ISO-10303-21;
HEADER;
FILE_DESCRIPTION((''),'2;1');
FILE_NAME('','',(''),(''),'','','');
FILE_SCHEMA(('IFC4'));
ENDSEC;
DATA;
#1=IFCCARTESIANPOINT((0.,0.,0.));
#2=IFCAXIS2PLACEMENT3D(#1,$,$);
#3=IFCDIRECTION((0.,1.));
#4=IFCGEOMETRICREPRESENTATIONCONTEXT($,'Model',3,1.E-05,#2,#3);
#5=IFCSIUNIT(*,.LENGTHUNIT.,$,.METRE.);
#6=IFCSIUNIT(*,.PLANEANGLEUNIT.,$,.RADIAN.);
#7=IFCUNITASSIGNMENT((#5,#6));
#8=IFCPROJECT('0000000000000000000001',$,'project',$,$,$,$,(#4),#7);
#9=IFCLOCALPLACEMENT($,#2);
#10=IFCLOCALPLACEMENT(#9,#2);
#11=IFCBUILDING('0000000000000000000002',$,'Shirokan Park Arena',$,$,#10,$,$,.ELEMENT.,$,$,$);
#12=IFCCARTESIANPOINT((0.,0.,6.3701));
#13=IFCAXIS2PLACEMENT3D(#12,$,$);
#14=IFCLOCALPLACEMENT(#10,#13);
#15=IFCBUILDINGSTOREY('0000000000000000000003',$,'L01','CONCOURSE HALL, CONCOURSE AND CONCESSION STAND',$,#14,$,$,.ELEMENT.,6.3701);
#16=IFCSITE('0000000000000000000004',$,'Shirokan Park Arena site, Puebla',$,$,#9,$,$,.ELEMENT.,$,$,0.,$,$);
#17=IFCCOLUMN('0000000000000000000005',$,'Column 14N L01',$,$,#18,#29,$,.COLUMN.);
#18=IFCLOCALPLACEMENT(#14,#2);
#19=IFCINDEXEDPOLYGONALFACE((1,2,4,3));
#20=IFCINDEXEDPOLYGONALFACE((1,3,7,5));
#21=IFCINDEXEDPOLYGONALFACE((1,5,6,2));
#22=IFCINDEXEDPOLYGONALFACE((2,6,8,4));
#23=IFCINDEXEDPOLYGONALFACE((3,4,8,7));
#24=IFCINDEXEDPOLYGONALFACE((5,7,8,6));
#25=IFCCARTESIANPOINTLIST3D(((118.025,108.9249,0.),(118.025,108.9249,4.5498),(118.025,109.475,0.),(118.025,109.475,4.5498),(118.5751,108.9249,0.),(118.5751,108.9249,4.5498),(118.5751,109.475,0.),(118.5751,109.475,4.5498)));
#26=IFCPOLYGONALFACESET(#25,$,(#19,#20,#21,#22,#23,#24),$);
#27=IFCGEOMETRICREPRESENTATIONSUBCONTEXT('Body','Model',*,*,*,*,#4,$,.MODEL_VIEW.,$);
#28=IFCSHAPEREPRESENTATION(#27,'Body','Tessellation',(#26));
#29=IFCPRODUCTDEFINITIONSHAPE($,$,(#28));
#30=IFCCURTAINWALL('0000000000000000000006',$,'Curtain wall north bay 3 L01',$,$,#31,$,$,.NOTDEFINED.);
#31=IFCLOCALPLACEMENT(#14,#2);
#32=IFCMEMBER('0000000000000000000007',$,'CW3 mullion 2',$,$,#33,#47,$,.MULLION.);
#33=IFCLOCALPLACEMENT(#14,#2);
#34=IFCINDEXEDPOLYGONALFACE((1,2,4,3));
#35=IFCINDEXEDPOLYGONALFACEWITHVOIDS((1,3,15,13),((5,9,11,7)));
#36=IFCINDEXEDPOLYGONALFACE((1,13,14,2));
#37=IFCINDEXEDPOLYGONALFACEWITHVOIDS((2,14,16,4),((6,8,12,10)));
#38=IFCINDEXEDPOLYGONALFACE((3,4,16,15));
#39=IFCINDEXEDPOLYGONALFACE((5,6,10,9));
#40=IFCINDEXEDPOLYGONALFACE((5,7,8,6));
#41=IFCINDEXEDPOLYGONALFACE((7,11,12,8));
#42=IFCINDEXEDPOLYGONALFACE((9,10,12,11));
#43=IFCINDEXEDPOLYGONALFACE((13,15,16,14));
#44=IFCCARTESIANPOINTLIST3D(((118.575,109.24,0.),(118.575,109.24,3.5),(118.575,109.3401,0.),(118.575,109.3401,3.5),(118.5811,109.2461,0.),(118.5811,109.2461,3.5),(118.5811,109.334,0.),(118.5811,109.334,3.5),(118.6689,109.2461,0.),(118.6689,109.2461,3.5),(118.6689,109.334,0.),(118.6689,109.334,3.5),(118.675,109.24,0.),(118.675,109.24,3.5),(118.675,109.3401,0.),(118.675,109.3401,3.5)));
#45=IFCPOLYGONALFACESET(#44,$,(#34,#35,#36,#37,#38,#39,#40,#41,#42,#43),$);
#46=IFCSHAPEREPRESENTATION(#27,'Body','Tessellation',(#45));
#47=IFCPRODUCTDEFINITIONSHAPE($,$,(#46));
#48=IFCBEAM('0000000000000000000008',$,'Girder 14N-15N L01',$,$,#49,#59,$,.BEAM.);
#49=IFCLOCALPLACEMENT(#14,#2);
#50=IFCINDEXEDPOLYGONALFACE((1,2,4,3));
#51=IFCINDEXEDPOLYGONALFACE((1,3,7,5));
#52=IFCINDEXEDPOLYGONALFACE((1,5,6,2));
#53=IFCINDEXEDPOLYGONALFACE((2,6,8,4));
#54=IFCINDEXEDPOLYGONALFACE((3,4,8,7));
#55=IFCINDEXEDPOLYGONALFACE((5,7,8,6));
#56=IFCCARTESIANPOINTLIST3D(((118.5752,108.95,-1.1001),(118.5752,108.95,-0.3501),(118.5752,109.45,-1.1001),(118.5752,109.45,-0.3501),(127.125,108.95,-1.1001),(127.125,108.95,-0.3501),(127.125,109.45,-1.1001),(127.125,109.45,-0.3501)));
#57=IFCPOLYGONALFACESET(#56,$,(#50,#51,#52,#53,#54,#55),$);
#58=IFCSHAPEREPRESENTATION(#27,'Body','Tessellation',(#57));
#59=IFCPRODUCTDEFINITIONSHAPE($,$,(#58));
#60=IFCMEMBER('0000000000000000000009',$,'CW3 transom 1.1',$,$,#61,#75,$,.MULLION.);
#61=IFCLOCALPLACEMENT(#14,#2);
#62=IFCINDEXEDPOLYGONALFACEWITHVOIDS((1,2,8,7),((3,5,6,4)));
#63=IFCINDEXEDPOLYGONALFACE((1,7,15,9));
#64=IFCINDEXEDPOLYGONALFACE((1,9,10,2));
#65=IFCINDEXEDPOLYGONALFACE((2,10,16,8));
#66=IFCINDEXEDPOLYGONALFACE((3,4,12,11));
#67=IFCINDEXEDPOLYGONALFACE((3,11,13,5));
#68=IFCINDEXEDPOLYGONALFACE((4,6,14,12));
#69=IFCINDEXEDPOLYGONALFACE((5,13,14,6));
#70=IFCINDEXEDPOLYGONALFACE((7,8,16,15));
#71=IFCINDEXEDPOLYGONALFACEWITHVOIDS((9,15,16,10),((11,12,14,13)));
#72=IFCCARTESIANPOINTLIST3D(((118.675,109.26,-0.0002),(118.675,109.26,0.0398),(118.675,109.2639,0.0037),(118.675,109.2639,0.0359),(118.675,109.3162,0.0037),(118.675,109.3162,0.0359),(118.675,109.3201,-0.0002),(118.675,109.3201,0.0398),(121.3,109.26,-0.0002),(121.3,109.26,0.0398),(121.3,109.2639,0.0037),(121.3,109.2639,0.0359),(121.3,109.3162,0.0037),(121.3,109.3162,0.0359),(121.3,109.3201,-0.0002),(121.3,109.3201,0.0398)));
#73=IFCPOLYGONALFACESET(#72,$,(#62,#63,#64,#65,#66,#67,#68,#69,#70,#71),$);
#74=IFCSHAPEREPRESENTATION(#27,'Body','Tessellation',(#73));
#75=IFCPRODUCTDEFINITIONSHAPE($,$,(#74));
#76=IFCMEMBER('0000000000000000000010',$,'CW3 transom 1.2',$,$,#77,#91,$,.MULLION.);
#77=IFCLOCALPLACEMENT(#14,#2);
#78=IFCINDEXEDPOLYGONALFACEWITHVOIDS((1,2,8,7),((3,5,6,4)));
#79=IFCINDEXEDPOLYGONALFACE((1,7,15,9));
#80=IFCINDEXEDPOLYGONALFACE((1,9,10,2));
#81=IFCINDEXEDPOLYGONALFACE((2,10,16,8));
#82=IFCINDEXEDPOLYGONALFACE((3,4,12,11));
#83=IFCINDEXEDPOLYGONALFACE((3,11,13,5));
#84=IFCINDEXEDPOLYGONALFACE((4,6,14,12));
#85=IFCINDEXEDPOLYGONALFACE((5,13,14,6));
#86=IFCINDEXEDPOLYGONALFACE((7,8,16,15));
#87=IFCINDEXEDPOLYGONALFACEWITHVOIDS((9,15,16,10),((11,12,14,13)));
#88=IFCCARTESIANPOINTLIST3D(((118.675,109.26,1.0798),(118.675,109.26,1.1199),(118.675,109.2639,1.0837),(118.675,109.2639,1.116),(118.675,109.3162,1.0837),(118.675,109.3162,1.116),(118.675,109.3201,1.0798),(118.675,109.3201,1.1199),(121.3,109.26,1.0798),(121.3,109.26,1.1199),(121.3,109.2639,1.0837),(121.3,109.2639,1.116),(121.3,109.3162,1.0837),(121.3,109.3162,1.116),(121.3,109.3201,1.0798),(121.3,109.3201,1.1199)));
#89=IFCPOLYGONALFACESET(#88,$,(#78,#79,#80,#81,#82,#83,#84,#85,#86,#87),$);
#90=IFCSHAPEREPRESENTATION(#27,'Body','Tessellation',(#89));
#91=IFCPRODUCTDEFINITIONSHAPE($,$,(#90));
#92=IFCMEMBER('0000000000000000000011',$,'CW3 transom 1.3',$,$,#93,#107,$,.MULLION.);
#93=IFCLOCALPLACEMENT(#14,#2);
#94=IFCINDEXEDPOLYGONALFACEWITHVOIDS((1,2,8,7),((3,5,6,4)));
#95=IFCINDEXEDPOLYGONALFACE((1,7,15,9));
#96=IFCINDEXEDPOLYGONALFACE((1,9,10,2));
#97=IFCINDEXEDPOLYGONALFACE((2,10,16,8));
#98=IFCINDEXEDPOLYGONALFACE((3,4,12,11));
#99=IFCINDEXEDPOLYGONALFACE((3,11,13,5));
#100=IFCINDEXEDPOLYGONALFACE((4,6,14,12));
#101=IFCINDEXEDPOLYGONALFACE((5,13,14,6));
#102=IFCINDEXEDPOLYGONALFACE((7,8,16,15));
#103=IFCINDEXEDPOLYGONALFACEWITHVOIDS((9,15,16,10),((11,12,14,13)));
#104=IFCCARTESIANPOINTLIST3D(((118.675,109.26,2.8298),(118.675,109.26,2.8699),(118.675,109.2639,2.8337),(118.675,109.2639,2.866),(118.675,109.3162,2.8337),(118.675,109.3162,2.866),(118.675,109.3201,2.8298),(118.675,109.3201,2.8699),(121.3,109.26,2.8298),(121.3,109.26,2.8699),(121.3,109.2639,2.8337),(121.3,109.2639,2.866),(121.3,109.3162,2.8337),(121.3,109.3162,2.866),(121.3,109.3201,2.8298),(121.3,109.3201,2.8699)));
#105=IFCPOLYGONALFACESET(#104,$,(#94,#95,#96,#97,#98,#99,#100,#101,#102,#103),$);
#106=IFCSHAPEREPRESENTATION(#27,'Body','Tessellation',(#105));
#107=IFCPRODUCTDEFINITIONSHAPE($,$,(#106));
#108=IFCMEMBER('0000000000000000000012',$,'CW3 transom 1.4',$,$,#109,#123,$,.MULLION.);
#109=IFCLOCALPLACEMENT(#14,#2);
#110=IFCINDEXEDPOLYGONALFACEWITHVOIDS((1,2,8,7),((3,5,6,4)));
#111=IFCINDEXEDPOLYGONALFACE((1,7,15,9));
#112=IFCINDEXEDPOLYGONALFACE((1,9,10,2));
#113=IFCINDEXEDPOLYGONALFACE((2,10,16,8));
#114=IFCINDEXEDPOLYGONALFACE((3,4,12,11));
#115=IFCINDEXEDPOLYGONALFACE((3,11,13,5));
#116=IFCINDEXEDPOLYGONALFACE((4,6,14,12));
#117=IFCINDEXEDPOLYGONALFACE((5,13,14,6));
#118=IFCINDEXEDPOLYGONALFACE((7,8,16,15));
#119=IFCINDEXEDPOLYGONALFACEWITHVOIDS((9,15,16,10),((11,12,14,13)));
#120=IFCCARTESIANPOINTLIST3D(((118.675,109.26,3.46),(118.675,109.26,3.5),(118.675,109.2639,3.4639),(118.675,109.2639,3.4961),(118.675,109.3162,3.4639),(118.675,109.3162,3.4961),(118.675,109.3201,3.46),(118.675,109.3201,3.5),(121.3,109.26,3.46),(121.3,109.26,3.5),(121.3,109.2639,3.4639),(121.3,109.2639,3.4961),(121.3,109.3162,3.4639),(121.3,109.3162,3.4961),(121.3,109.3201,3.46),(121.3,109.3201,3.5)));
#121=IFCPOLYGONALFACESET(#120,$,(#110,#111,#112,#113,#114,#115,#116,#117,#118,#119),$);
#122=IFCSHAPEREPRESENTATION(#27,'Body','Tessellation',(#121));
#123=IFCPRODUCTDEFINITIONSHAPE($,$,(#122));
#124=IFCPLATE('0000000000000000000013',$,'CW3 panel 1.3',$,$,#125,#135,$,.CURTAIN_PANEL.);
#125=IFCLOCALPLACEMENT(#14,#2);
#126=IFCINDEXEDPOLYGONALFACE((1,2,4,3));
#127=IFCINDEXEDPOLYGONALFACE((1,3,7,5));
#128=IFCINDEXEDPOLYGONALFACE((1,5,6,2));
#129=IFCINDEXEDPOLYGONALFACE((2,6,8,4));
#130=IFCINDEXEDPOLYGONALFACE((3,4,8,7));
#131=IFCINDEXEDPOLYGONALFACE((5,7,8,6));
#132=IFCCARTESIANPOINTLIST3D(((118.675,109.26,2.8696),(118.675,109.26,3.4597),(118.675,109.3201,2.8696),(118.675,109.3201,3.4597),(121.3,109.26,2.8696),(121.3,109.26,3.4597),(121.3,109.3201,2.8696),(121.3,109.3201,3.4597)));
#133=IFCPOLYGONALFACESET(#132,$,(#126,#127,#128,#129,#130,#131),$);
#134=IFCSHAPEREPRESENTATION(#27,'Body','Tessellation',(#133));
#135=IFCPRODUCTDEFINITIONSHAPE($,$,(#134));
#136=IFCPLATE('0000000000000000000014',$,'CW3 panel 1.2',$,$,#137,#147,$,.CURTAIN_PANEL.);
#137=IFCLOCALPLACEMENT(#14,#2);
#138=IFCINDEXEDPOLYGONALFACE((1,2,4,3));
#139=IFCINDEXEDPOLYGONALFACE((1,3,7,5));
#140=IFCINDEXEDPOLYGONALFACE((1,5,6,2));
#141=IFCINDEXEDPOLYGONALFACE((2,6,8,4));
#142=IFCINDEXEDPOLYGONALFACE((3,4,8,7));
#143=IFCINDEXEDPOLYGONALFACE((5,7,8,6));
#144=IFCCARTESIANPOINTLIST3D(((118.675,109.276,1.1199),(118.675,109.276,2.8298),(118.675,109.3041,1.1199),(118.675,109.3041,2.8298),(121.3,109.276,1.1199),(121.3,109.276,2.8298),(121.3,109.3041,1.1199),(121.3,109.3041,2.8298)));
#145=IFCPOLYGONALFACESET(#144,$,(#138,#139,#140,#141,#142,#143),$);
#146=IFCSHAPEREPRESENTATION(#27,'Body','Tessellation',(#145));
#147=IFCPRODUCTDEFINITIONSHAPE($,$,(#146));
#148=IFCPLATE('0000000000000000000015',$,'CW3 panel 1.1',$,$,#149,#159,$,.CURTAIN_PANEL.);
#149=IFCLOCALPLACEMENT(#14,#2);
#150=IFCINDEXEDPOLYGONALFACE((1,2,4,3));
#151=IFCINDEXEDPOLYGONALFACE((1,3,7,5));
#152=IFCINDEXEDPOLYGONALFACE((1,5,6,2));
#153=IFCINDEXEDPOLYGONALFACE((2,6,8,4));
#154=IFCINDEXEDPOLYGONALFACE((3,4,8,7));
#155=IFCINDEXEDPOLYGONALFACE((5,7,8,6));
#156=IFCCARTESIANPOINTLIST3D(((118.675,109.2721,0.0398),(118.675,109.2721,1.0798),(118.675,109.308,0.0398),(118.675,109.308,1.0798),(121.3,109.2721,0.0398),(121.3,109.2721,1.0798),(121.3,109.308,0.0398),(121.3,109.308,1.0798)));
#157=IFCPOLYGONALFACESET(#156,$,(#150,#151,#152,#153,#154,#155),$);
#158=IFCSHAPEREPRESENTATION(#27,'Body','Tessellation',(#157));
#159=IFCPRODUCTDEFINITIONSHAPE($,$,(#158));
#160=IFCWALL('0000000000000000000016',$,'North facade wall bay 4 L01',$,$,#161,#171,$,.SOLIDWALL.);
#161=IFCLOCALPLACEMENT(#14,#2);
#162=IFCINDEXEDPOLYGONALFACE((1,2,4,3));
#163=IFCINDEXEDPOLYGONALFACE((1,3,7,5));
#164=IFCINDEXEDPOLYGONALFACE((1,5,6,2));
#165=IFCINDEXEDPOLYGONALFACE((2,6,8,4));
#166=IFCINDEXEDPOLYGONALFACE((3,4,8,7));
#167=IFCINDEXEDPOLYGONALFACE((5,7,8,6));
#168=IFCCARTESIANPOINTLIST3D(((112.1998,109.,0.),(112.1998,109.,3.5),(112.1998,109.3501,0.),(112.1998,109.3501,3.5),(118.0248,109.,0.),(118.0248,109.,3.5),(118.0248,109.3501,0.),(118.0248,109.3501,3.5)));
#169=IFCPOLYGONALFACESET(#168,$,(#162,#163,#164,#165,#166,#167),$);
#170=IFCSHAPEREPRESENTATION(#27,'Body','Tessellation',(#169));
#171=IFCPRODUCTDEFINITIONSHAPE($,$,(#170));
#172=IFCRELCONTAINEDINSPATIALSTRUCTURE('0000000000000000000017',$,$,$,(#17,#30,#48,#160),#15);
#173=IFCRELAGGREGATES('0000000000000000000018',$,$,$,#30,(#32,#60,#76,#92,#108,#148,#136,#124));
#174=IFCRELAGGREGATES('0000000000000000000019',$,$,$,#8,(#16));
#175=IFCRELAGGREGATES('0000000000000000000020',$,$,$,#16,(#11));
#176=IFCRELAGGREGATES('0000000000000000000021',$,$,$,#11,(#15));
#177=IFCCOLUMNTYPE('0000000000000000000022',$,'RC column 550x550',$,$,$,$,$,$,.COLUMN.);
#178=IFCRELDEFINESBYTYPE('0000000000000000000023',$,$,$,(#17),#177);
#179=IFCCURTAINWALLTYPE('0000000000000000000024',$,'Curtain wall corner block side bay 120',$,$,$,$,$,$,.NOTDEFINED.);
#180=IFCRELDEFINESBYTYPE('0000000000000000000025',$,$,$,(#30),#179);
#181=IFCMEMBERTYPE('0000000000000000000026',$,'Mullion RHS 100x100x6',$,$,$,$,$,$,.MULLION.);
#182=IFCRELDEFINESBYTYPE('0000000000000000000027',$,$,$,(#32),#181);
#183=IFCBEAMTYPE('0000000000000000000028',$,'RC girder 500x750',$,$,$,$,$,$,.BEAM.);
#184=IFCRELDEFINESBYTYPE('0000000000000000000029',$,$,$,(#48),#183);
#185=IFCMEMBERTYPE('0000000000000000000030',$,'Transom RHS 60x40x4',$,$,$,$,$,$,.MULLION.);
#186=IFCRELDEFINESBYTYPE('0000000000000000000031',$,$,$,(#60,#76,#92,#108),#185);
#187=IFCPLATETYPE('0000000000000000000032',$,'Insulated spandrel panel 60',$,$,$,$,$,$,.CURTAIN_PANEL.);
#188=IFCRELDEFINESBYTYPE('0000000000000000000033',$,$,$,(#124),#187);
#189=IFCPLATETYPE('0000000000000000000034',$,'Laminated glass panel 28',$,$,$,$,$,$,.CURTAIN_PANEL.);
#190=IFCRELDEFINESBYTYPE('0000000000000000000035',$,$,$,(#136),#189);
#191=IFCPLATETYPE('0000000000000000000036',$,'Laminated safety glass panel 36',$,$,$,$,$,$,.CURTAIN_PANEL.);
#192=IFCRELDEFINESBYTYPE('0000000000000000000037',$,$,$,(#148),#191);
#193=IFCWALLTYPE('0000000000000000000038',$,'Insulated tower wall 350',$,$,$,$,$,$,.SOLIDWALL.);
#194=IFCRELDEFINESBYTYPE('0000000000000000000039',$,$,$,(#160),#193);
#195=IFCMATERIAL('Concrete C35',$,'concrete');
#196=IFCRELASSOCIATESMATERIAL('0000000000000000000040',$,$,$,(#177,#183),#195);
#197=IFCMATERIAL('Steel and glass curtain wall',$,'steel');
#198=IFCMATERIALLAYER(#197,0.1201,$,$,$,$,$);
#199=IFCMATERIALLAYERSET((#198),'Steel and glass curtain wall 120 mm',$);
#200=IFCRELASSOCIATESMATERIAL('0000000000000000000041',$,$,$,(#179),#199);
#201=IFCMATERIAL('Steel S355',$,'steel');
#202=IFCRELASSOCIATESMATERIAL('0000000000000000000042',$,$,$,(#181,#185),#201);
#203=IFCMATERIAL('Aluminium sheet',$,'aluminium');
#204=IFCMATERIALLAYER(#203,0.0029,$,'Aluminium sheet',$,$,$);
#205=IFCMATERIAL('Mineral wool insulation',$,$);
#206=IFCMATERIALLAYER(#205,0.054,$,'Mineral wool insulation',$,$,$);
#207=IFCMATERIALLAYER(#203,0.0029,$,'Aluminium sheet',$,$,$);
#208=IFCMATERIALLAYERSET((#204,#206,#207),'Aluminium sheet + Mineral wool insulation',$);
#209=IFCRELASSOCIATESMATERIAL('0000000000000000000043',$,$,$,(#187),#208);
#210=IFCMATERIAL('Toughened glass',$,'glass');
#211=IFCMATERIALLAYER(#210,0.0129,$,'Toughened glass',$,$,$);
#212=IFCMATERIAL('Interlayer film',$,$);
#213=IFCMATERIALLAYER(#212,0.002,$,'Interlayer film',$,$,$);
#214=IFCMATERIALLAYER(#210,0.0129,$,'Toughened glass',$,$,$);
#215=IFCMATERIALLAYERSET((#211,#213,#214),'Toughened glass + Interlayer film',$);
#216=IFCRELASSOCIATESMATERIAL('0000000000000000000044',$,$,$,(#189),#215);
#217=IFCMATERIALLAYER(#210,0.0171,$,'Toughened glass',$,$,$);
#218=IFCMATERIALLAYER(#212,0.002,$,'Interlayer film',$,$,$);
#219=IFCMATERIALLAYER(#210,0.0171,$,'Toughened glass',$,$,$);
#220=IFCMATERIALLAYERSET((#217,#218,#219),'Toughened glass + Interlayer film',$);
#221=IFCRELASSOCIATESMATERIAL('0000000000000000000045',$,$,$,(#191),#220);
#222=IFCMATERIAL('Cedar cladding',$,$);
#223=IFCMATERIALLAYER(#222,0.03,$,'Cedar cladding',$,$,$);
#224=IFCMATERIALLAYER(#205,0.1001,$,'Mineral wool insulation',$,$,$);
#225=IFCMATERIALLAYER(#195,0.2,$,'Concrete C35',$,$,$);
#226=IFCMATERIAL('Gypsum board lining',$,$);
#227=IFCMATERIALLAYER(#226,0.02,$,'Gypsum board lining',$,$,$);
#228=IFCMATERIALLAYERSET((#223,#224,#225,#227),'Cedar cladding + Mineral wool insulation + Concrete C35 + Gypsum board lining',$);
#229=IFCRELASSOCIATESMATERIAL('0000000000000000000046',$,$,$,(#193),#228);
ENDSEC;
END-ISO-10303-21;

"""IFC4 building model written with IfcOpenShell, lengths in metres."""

from ifc_helpers import new_model, si_unit, direction, frame, frame_2d, origin, origin_2d, place, context, subcontext, project, spatial, rectangle, hollow_rectangle, extrude, material, layer, layer_set, material_profile, profile_set, type_object, element, aggregate, save


model = new_model("IFC4")

# Units and contexts
model_context = context("Model", 3, precision=1e-05, world=origin(), true_north=direction((0.0, 1.0)))
body_context = subcontext(model_context, "Body", "Model", "MODEL_VIEW")
ifc_project = project(units=[si_unit("LENGTHUNIT", "METRE"), si_unit("PLANEANGLEUNIT", "RADIAN")], contexts=[model_context])

# Site, building, storey
site_placement = place(None, origin())
site = spatial("IfcSite", under=ifc_project, at=site_placement, Name="Shirokan Park Arena site, Puebla", CompositionType="ELEMENT", RefElevation=0.0)
building_placement = place(site_placement, origin())
building = spatial("IfcBuilding", under=site, at=building_placement, Name="Shirokan Park Arena", CompositionType="ELEMENT")
storey_placement = place(building_placement, frame((0.0, 0.0, 6.3701)))
storey = spatial("IfcBuildingStorey", under=building, at=storey_placement, Name="L01", Description="CONCOURSE HALL, CONCOURSE AND CONCESSION STAND", CompositionType="ELEMENT", Elevation=6.3701)

# Column
ifc_material_1 = material(Name="Concrete C35", Category="concrete")
ifc_material_profile_1 = material_profile(ifc_material_1, rectangle(XDim=0.55, YDim=0.55, at=origin_2d()), Name="550x550")
ifc_profile_set_1 = profile_set([ifc_material_profile_1], Name="Concrete C35")
column_type = type_object("IfcColumnType", Name="RC column 550x550", PredefinedType="COLUMN", material=ifc_profile_set_1)
column_placement = place(storey_placement, frame((118.3, 109.2, 0.0), z_axis=(0.0, 0.0, 1.0), x_axis=(1.0, 0.0, 0.0)))
element("IfcColumn", 1, at=column_placement, inside=storey, type_object=column_type, Name="Column 14N L01", PredefinedType="COLUMN", context=body_context, shape_type="SweptSolid", body=[
    extrude(rectangle(XDim=0.55, YDim=0.55, at=origin_2d()), origin(), (0.0, 0.0, 1.0), 4.5498),
])

# Curtain wall, member
ifc_material_2 = material(Name="Steel and glass curtain wall", Category="steel")
ifc_layer_1 = layer(ifc_material_2, 0.1201)
ifc_layer_set_1 = layer_set([ifc_layer_1], Name="Steel and glass curtain wall 120 mm")
curtain_wall_type = type_object("IfcCurtainWallType", Name="Curtain wall corner block side bay 120", PredefinedType="NOTDEFINED", material=ifc_layer_set_1)
curtain_wall_placement = place(storey_placement, origin())
curtain_wall = element("IfcCurtainWall", 2, at=curtain_wall_placement, inside=storey, type_object=curtain_wall_type, Name="Curtain wall north bay 3 L01", PredefinedType="NOTDEFINED")
ifc_material_3 = material(Name="Steel S355", Category="steel")
ifc_material_profile_2 = material_profile(ifc_material_3, hollow_rectangle(XDim=0.1001, YDim=0.1001, WallThickness=0.0061, at=origin_2d()), Name="RHS 100x100x6")
ifc_profile_set_2 = profile_set([ifc_material_profile_2], Name="Steel S355")
member_type_1 = type_object("IfcMemberType", Name="Mullion RHS 100x100x6", PredefinedType="MULLION", material=ifc_profile_set_2)
member_1_placement = place(storey_placement, frame((118.625, 109.29, 0.0), z_axis=(0.0, 0.0, 1.0), x_axis=(0.0, -1.0, 0.0)))
member_1 = element("IfcMember", 3, at=member_1_placement, type_object=member_type_1, Name="CW3 mullion 2", PredefinedType="MULLION", context=body_context, shape_type="SweptSolid", body=[
    extrude(hollow_rectangle(XDim=0.1001, YDim=0.1001, WallThickness=0.0061, at=origin_2d()), origin(), (0.0, 0.0, 1.0), 3.5),
])

# Beam
ifc_material_profile_3 = material_profile(ifc_material_1, rectangle(XDim=0.5, YDim=0.75, at=origin_2d()), Name="500x750")
ifc_profile_set_3 = profile_set([ifc_material_profile_3], Name="Concrete C35")
beam_type = type_object("IfcBeamType", Name="RC girder 500x750", PredefinedType="BEAM", material=ifc_profile_set_3)
beam_placement = place(storey_placement, frame((118.5752, 109.2, -0.7251), z_axis=(1.0, 0.0, 0.0), x_axis=(0.0, 1.0, 0.0)))
element("IfcBeam", 4, at=beam_placement, inside=storey, type_object=beam_type, Name="Girder 14N-15N L01", PredefinedType="BEAM", context=body_context, shape_type="SweptSolid", body=[
    extrude(rectangle(XDim=0.5, YDim=0.75, at=origin_2d()), origin(), (0.0, 0.0, 1.0), 8.5498),
])

# Members
ifc_material_profile_4 = material_profile(ifc_material_3, hollow_rectangle(XDim=0.0601, YDim=0.04, WallThickness=0.0039, at=origin_2d()), Name="RHS 60x40x4")
ifc_profile_set_4 = profile_set([ifc_material_profile_4], Name="Steel S355")
member_type_2 = type_object("IfcMemberType", Name="Transom RHS 60x40x4", PredefinedType="MULLION", material=ifc_profile_set_4)
member_2_placement = place(storey_placement, frame((121.3, 109.29, 0.0198), z_axis=(-1.0, 0.0, 0.0), x_axis=(0.0, -1.0, 0.0)))
member_2 = element("IfcMember", 5, at=member_2_placement, type_object=member_type_2, Name="CW3 transom 1.1", PredefinedType="MULLION", context=body_context, shape_type="SweptSolid", body=[
    extrude(hollow_rectangle(XDim=0.0601, YDim=0.04, WallThickness=0.0039, at=origin_2d()), origin(), (0.0, 0.0, 1.0), 2.625),
])
member_3_placement = place(storey_placement, frame((121.3, 109.29, 1.0999), z_axis=(-1.0, 0.0, 0.0), x_axis=(0.0, -1.0, 0.0)))
member_3 = element("IfcMember", 6, at=member_3_placement, type_object=member_type_2, Name="CW3 transom 1.2", PredefinedType="MULLION", context=body_context, shape_type="SweptSolid", body=[
    extrude(hollow_rectangle(XDim=0.0601, YDim=0.04, WallThickness=0.0039, at=origin_2d()), origin(), (0.0, 0.0, 1.0), 2.625),
])
member_4_placement = place(storey_placement, frame((121.3, 109.29, 2.8499), z_axis=(-1.0, 0.0, 0.0), x_axis=(0.0, -1.0, 0.0)))
member_4 = element("IfcMember", 7, at=member_4_placement, type_object=member_type_2, Name="CW3 transom 1.3", PredefinedType="MULLION", context=body_context, shape_type="SweptSolid", body=[
    extrude(hollow_rectangle(XDim=0.0601, YDim=0.04, WallThickness=0.0039, at=origin_2d()), origin(), (0.0, 0.0, 1.0), 2.625),
])
member_5_placement = place(storey_placement, frame((121.3, 109.29, 3.48), z_axis=(-1.0, 0.0, 0.0), x_axis=(0.0, -1.0, 0.0)))
member_5 = element("IfcMember", 8, at=member_5_placement, type_object=member_type_2, Name="CW3 transom 1.4", PredefinedType="MULLION", context=body_context, shape_type="SweptSolid", body=[
    extrude(hollow_rectangle(XDim=0.0601, YDim=0.04, WallThickness=0.0039, at=origin_2d()), origin(), (0.0, 0.0, 1.0), 2.625),
])

# Plates
ifc_material_4 = material(Name="Aluminium sheet", Category="aluminium")
ifc_layer_2 = layer(ifc_material_4, 0.0029, Name="Aluminium sheet")
ifc_material_5 = material(Name="Mineral wool insulation")
ifc_layer_3 = layer(ifc_material_5, 0.054, Name="Mineral wool insulation")
ifc_layer_4 = layer(ifc_material_4, 0.0029, Name="Aluminium sheet")
ifc_layer_set_2 = layer_set([ifc_layer_2, ifc_layer_3, ifc_layer_4], Name="Aluminium sheet + Mineral wool insulation")
plate_type_1 = type_object("IfcPlateType", Name="Insulated spandrel panel 60", PredefinedType="CURTAIN_PANEL", material=ifc_layer_set_2)
plate_1_placement = place(storey_placement, frame((119.9875, 109.29, 2.8696), z_axis=(0.0, 0.0, 1.0), x_axis=(-1.0, 0.0, 0.0)))
plate_1 = element("IfcPlate", 9, at=plate_1_placement, type_object=plate_type_1, Name="CW3 panel 1.3", PredefinedType="CURTAIN_PANEL", context=body_context, shape_type="SweptSolid", body=[
    extrude(rectangle(XDim=2.625, YDim=0.0601, at=origin_2d()), origin(), (0.0, 0.0, 1.0), 0.5901),
])
ifc_material_6 = material(Name="Toughened glass", Category="glass")
ifc_layer_5 = layer(ifc_material_6, 0.0129, Name="Toughened glass")
ifc_material_7 = material(Name="Interlayer film")
ifc_layer_6 = layer(ifc_material_7, 0.002, Name="Interlayer film")
ifc_layer_7 = layer(ifc_material_6, 0.0129, Name="Toughened glass")
ifc_layer_set_3 = layer_set([ifc_layer_5, ifc_layer_6, ifc_layer_7], Name="Toughened glass + Interlayer film")
plate_type_2 = type_object("IfcPlateType", Name="Laminated glass panel 28", PredefinedType="CURTAIN_PANEL", material=ifc_layer_set_3)
plate_2_placement = place(storey_placement, frame((119.9875, 109.29, 1.1199), z_axis=(0.0, 0.0, 1.0), x_axis=(-1.0, 0.0, 0.0)))
plate_2 = element("IfcPlate", 10, at=plate_2_placement, type_object=plate_type_2, Name="CW3 panel 1.2", PredefinedType="CURTAIN_PANEL", context=body_context, shape_type="SweptSolid", body=[
    extrude(rectangle(XDim=2.625, YDim=0.0281, at=origin_2d()), origin(), (0.0, 0.0, 1.0), 1.71),
])
ifc_layer_8 = layer(ifc_material_6, 0.0171, Name="Toughened glass")
ifc_layer_9 = layer(ifc_material_7, 0.002, Name="Interlayer film")
ifc_layer_10 = layer(ifc_material_6, 0.0171, Name="Toughened glass")
ifc_layer_set_4 = layer_set([ifc_layer_8, ifc_layer_9, ifc_layer_10], Name="Toughened glass + Interlayer film")
plate_type_3 = type_object("IfcPlateType", Name="Laminated safety glass panel 36", PredefinedType="CURTAIN_PANEL", material=ifc_layer_set_4)
plate_3_placement = place(storey_placement, frame((119.9875, 109.29, 0.0398), z_axis=(0.0, 0.0, 1.0), x_axis=(-1.0, 0.0, 0.0)))
plate_3 = element("IfcPlate", 11, at=plate_3_placement, type_object=plate_type_3, Name="CW3 panel 1.1", PredefinedType="CURTAIN_PANEL", context=body_context, shape_type="SweptSolid", body=[
    extrude(rectangle(XDim=2.625, YDim=0.0359, at=origin_2d()), origin(), (0.0, 0.0, 1.0), 1.04),
])
aggregate(curtain_wall, [member_1, member_2, member_3, member_4, member_5, plate_3, plate_2, plate_1])

# Wall
ifc_material_8 = material(Name="Cedar cladding")
ifc_layer_11 = layer(ifc_material_8, 0.03, Name="Cedar cladding")
ifc_layer_12 = layer(ifc_material_5, 0.1001, Name="Mineral wool insulation")
ifc_layer_13 = layer(ifc_material_1, 0.2, Name="Concrete C35")
ifc_material_9 = material(Name="Gypsum board lining")
ifc_layer_14 = layer(ifc_material_9, 0.02, Name="Gypsum board lining")
ifc_layer_set_5 = layer_set([ifc_layer_11, ifc_layer_12, ifc_layer_13, ifc_layer_14], Name="Cedar cladding + Mineral wool insulation + Concrete C35 + Gypsum board lining")
wall_type_1 = type_object("IfcWallType", Name="Insulated tower wall 350", PredefinedType="SOLIDWALL", material=ifc_layer_set_5)
wall_1_placement = place(storey_placement, frame((118.0249, 109.175, 0.0), z_axis=(0.0, 0.0, 1.0), x_axis=(-1.0, 0.0, 0.0)))
element("IfcWall", 12, at=wall_1_placement, inside=storey, type_object=wall_type_1, Name="North facade wall bay 4 L01", PredefinedType="SOLIDWALL", context=body_context, shape_type="SweptSolid", body=[
    extrude(rectangle(XDim=5.825, YDim=0.3501, at=frame_2d((2.9126, 0.0))), origin(), (0.0, 0.0, 1.0), 3.5),
])

save(model, "model.ifc")
